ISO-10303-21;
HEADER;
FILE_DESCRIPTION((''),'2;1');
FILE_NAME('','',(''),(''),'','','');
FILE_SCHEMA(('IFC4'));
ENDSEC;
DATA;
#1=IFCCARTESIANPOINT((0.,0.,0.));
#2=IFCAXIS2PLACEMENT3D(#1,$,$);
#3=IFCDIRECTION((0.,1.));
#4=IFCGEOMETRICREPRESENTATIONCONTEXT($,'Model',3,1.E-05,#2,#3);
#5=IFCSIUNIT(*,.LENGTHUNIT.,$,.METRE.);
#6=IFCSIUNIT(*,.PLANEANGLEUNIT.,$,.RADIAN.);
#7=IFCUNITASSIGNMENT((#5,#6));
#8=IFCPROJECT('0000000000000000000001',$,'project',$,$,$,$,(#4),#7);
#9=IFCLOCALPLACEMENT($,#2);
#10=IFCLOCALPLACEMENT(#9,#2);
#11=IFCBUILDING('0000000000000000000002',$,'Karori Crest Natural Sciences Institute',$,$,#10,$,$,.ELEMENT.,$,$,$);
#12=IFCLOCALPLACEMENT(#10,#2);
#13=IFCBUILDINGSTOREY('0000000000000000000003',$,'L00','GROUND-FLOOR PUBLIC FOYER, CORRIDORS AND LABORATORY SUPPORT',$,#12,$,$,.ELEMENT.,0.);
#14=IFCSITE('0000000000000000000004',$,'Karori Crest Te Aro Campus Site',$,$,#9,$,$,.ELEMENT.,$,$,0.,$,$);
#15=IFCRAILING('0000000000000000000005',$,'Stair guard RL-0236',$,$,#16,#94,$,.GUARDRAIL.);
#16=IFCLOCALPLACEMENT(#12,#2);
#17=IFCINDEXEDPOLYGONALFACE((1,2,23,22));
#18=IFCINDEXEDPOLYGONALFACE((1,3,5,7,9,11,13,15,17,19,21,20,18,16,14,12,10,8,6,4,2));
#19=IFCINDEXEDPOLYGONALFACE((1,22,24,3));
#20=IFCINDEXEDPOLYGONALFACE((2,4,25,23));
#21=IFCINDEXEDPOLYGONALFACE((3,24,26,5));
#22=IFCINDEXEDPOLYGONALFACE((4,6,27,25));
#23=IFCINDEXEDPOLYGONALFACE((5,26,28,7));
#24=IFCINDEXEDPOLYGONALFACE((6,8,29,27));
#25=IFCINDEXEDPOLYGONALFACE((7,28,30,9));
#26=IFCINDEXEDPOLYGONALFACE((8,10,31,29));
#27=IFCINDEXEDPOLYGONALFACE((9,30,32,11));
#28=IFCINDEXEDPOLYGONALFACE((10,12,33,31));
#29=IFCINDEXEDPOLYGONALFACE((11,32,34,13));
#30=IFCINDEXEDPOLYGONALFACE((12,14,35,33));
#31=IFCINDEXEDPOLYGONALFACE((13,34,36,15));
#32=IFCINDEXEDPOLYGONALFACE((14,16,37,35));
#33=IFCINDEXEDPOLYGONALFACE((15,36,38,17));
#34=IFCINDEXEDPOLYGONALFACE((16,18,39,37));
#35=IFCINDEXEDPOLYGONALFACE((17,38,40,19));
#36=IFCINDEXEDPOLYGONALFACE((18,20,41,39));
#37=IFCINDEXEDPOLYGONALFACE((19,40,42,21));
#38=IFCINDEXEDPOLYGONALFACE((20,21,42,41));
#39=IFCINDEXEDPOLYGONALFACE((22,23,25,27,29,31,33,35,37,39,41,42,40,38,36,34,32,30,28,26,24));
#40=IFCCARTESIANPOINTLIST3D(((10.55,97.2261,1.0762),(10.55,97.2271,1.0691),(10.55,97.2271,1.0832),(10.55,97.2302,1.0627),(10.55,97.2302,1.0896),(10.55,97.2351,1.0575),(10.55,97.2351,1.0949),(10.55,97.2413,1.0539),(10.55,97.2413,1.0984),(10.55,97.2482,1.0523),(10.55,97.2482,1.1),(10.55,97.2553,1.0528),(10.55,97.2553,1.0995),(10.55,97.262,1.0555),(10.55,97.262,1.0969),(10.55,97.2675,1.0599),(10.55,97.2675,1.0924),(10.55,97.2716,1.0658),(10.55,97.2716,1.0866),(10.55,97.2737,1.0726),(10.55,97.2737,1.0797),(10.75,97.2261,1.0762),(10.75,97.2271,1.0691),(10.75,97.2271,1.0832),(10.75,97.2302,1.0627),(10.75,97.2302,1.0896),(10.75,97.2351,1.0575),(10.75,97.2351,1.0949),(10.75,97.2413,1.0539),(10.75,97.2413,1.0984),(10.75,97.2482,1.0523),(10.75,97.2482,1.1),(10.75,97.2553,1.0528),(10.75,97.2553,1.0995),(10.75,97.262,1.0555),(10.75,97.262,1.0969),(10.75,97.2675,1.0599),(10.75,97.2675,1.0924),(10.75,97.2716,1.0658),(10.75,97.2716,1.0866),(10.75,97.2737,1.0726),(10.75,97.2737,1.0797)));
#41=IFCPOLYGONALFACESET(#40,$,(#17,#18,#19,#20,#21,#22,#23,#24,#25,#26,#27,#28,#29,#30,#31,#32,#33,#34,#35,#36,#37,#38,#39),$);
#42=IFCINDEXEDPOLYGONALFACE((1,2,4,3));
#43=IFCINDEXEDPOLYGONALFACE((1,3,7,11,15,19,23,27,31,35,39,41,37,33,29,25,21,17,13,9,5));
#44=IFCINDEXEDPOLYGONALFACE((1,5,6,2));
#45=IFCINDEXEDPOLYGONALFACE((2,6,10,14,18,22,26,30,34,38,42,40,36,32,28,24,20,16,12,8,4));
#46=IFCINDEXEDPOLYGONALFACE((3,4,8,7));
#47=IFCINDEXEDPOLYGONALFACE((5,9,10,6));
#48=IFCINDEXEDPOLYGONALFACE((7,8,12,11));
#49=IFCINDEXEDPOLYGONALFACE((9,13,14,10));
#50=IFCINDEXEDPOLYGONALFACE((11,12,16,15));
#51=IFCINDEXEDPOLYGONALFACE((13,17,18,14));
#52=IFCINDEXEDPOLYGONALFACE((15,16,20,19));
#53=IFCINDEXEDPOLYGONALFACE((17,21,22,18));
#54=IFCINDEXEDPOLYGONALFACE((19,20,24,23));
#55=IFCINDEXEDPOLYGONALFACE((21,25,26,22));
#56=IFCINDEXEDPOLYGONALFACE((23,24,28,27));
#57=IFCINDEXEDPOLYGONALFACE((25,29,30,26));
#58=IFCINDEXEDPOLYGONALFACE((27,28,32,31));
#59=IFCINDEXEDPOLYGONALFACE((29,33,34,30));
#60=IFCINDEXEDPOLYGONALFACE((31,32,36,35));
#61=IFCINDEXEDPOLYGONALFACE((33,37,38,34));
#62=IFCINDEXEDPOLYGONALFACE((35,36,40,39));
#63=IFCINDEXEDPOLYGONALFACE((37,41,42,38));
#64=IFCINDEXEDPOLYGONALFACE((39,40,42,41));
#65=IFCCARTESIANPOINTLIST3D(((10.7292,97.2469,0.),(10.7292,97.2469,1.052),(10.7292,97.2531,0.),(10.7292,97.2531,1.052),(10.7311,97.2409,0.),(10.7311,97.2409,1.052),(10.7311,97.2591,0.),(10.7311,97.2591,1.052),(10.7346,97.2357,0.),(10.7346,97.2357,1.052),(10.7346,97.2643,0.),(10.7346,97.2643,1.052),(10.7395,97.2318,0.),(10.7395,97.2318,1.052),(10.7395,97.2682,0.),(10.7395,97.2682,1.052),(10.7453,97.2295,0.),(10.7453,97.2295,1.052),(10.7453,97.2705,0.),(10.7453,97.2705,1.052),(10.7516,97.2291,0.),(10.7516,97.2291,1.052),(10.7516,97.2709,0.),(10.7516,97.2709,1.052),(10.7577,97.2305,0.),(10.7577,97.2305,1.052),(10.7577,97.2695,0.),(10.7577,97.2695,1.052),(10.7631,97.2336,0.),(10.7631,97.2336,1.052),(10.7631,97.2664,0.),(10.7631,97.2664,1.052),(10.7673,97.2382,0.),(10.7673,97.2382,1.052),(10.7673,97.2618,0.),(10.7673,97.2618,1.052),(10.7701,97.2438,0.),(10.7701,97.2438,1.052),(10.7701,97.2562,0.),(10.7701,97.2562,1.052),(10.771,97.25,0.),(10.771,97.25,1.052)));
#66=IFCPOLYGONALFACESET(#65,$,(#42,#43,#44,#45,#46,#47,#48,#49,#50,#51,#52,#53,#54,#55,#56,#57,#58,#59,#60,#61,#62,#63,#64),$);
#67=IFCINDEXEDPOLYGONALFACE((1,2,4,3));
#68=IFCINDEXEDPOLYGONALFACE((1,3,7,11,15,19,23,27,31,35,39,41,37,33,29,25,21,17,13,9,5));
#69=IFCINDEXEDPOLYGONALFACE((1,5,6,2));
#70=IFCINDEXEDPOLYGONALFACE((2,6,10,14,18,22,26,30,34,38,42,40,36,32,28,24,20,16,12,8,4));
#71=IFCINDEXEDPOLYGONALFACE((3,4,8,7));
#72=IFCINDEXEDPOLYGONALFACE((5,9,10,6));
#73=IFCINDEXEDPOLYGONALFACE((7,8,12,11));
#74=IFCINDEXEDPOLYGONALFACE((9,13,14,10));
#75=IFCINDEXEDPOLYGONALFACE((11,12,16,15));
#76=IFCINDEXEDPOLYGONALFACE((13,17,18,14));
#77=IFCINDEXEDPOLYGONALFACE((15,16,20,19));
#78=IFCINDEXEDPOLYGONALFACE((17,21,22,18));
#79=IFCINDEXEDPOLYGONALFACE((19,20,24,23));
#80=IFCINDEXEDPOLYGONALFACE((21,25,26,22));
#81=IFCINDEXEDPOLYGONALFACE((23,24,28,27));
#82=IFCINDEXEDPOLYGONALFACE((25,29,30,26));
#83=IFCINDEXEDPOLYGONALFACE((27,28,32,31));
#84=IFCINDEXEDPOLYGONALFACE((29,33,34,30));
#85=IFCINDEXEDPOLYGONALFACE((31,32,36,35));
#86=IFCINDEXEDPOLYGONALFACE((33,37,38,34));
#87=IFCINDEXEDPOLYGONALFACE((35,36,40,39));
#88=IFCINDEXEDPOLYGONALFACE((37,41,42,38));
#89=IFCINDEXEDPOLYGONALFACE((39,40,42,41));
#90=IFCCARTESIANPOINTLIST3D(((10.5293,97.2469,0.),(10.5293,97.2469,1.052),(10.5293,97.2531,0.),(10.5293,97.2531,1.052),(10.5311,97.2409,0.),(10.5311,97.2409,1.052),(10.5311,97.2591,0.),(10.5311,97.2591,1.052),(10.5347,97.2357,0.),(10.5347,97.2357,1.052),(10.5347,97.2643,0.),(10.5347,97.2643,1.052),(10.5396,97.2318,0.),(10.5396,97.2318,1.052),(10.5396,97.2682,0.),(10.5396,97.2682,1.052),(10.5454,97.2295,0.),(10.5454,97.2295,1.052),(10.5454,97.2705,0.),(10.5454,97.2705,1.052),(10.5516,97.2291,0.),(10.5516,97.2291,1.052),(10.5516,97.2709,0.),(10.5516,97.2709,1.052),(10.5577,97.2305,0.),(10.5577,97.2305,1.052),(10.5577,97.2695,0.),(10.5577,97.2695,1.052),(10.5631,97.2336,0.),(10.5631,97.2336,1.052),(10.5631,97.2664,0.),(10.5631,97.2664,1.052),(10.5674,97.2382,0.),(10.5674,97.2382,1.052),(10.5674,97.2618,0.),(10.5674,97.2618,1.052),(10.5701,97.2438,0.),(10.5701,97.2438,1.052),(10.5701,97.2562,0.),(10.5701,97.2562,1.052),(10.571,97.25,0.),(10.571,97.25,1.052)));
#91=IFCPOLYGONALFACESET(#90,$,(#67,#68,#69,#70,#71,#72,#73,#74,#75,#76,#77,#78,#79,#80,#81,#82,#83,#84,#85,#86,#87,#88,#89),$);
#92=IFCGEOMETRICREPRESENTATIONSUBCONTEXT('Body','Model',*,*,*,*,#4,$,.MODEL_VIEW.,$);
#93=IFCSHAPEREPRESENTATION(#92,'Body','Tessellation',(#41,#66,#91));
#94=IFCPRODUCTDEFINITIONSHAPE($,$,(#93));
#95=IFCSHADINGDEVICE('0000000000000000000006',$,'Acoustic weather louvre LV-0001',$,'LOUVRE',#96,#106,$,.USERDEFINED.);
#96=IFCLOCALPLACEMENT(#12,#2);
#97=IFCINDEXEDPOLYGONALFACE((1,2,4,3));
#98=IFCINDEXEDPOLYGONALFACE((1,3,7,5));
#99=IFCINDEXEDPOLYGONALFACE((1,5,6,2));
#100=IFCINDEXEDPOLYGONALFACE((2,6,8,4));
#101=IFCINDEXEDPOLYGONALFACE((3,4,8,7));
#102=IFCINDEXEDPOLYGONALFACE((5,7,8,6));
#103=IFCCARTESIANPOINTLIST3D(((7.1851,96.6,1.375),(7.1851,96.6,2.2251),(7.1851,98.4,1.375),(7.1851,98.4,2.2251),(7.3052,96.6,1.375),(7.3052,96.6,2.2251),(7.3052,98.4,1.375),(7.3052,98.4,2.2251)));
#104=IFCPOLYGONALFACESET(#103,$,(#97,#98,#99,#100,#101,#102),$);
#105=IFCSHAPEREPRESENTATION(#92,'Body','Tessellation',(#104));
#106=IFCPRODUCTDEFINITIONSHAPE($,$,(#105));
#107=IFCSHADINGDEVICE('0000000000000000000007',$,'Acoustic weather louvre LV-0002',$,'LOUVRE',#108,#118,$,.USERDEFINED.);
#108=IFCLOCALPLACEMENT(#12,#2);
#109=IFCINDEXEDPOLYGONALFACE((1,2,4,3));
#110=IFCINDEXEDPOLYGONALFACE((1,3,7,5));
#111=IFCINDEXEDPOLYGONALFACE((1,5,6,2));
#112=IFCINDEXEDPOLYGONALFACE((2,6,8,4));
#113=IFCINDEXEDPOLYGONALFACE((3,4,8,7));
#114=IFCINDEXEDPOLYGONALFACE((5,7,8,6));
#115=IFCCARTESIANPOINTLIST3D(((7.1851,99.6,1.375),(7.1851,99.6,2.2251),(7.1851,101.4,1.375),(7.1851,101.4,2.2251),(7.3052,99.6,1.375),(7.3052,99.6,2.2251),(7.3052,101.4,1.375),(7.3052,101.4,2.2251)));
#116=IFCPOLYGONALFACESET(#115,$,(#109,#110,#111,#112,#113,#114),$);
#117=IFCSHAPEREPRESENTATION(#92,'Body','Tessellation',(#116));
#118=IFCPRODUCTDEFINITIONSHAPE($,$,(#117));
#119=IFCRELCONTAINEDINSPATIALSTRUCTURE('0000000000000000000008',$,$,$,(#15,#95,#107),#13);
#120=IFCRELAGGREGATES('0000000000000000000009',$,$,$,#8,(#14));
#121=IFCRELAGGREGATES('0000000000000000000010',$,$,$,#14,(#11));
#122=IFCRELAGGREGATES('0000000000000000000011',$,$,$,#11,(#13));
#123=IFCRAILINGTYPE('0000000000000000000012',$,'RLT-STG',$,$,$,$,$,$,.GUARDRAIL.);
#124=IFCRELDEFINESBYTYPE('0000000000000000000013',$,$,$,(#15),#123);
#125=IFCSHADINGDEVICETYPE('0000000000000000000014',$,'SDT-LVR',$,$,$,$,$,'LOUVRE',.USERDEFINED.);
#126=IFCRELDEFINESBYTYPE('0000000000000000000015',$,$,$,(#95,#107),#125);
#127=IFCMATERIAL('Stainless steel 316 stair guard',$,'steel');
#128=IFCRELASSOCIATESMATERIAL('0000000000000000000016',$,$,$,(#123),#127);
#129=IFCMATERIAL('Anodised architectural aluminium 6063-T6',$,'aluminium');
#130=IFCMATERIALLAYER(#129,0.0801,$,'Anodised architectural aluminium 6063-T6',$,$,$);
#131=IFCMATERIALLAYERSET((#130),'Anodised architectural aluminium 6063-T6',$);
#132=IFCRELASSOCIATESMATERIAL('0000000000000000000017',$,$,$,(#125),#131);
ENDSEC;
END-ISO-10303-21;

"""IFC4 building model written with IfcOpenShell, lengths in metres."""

from ifc_helpers import new_model, si_unit, direction, frame, origin, origin_2d, place, context, subcontext, project, spatial, rectangle, circle, extrude, material, layer, layer_set, type_object, element, save


model = new_model("IFC4")

# Units and contexts
model_context = context("Model", 3, precision=1e-05, world=origin(), true_north=direction((0.0, 1.0)))
body_context = subcontext(model_context, "Body", "Model", "MODEL_VIEW")
ifc_project = project(units=[si_unit("LENGTHUNIT", "METRE"), si_unit("PLANEANGLEUNIT", "RADIAN")], contexts=[model_context])

# Site, building, storey
site_placement = place(None, origin())
site = spatial("IfcSite", under=ifc_project, at=site_placement, Name="Karori Crest Te Aro Campus Site", CompositionType="ELEMENT", RefElevation=0.0)
building_placement = place(site_placement, origin())
building = spatial("IfcBuilding", under=site, at=building_placement, Name="Karori Crest Natural Sciences Institute", CompositionType="ELEMENT")
storey_placement = place(building_placement, origin())
storey = spatial("IfcBuildingStorey", under=building, at=storey_placement, Name="L00", Description="GROUND-FLOOR PUBLIC FOYER, CORRIDORS AND LABORATORY SUPPORT", CompositionType="ELEMENT", Elevation=0.0)

# Shared definitions
ifc_material_1 = material(Name="Anodised architectural aluminium 6063-T6", Category="aluminium")

# Railing
ifc_material_2 = material(Name="Stainless steel 316 stair guard", Category="steel")
railing_type_1 = type_object("IfcRailingType", Name="RLT-STG", PredefinedType="GUARDRAIL", material=ifc_material_2)
railing_1_placement = place(storey_placement, frame((10.75, 97.25, 0.0)))
element("IfcRailing", 1, at=railing_1_placement, inside=storey, type_object=railing_type_1, Name="Stair guard RL-0236", PredefinedType="GUARDRAIL", context=body_context, shape_type="SweptSolid", body=[
    extrude(circle(Radius=0.0239, at=origin_2d()), frame((0.0, 0.0, 1.0762), z_axis=(-1.0, 0.0, 0.0), x_axis=(0.0, -1.0, 0.0)), (0.0, 0.0, 1.0), 0.2),
    extrude(circle(Radius=0.021, at=origin_2d()), origin(), (0.0, 0.0, 1.0), 1.052),
    extrude(circle(Radius=0.021, at=origin_2d()), frame((-0.2, 0.0, 0.0)), (0.0, 0.0, 1.0), 1.052),
])

# Shading devices
ifc_layer_1 = layer(ifc_material_1, 0.0801, Name="Anodised architectural aluminium 6063-T6")
ifc_layer_set_1 = layer_set([ifc_layer_1], Name="Anodised architectural aluminium 6063-T6")
shading_device_type = type_object("IfcShadingDeviceType", Name="SDT-LVR", ElementType="LOUVRE", PredefinedType="USERDEFINED", material=ifc_layer_set_1)
for number, where, z_axis, x_axis, name in (
    (2, (7.2451, 97.5, 1.375), (0.0, 0.0, 1.0), (1.0, 0.0, 0.0), "Acoustic weather louvre LV-0001"),
    (3, (7.2451, 100.5, 1.375), (0.0, 0.0, 1.0), (1.0, 0.0, 0.0), "Acoustic weather louvre LV-0002"),
):
    element("IfcShadingDevice", number, at=place(storey_placement, frame(where, z_axis=z_axis, x_axis=x_axis)), inside=storey, type_object=shading_device_type, Name=name, ObjectType="LOUVRE", PredefinedType="USERDEFINED", context=body_context, shape_type="SweptSolid", body=[
        extrude(rectangle(XDim=0.1201, YDim=1.8, at=origin_2d()), origin(), (0.0, 0.0, 1.0), 0.8501),
    ])

save(model, "model.ifc")
